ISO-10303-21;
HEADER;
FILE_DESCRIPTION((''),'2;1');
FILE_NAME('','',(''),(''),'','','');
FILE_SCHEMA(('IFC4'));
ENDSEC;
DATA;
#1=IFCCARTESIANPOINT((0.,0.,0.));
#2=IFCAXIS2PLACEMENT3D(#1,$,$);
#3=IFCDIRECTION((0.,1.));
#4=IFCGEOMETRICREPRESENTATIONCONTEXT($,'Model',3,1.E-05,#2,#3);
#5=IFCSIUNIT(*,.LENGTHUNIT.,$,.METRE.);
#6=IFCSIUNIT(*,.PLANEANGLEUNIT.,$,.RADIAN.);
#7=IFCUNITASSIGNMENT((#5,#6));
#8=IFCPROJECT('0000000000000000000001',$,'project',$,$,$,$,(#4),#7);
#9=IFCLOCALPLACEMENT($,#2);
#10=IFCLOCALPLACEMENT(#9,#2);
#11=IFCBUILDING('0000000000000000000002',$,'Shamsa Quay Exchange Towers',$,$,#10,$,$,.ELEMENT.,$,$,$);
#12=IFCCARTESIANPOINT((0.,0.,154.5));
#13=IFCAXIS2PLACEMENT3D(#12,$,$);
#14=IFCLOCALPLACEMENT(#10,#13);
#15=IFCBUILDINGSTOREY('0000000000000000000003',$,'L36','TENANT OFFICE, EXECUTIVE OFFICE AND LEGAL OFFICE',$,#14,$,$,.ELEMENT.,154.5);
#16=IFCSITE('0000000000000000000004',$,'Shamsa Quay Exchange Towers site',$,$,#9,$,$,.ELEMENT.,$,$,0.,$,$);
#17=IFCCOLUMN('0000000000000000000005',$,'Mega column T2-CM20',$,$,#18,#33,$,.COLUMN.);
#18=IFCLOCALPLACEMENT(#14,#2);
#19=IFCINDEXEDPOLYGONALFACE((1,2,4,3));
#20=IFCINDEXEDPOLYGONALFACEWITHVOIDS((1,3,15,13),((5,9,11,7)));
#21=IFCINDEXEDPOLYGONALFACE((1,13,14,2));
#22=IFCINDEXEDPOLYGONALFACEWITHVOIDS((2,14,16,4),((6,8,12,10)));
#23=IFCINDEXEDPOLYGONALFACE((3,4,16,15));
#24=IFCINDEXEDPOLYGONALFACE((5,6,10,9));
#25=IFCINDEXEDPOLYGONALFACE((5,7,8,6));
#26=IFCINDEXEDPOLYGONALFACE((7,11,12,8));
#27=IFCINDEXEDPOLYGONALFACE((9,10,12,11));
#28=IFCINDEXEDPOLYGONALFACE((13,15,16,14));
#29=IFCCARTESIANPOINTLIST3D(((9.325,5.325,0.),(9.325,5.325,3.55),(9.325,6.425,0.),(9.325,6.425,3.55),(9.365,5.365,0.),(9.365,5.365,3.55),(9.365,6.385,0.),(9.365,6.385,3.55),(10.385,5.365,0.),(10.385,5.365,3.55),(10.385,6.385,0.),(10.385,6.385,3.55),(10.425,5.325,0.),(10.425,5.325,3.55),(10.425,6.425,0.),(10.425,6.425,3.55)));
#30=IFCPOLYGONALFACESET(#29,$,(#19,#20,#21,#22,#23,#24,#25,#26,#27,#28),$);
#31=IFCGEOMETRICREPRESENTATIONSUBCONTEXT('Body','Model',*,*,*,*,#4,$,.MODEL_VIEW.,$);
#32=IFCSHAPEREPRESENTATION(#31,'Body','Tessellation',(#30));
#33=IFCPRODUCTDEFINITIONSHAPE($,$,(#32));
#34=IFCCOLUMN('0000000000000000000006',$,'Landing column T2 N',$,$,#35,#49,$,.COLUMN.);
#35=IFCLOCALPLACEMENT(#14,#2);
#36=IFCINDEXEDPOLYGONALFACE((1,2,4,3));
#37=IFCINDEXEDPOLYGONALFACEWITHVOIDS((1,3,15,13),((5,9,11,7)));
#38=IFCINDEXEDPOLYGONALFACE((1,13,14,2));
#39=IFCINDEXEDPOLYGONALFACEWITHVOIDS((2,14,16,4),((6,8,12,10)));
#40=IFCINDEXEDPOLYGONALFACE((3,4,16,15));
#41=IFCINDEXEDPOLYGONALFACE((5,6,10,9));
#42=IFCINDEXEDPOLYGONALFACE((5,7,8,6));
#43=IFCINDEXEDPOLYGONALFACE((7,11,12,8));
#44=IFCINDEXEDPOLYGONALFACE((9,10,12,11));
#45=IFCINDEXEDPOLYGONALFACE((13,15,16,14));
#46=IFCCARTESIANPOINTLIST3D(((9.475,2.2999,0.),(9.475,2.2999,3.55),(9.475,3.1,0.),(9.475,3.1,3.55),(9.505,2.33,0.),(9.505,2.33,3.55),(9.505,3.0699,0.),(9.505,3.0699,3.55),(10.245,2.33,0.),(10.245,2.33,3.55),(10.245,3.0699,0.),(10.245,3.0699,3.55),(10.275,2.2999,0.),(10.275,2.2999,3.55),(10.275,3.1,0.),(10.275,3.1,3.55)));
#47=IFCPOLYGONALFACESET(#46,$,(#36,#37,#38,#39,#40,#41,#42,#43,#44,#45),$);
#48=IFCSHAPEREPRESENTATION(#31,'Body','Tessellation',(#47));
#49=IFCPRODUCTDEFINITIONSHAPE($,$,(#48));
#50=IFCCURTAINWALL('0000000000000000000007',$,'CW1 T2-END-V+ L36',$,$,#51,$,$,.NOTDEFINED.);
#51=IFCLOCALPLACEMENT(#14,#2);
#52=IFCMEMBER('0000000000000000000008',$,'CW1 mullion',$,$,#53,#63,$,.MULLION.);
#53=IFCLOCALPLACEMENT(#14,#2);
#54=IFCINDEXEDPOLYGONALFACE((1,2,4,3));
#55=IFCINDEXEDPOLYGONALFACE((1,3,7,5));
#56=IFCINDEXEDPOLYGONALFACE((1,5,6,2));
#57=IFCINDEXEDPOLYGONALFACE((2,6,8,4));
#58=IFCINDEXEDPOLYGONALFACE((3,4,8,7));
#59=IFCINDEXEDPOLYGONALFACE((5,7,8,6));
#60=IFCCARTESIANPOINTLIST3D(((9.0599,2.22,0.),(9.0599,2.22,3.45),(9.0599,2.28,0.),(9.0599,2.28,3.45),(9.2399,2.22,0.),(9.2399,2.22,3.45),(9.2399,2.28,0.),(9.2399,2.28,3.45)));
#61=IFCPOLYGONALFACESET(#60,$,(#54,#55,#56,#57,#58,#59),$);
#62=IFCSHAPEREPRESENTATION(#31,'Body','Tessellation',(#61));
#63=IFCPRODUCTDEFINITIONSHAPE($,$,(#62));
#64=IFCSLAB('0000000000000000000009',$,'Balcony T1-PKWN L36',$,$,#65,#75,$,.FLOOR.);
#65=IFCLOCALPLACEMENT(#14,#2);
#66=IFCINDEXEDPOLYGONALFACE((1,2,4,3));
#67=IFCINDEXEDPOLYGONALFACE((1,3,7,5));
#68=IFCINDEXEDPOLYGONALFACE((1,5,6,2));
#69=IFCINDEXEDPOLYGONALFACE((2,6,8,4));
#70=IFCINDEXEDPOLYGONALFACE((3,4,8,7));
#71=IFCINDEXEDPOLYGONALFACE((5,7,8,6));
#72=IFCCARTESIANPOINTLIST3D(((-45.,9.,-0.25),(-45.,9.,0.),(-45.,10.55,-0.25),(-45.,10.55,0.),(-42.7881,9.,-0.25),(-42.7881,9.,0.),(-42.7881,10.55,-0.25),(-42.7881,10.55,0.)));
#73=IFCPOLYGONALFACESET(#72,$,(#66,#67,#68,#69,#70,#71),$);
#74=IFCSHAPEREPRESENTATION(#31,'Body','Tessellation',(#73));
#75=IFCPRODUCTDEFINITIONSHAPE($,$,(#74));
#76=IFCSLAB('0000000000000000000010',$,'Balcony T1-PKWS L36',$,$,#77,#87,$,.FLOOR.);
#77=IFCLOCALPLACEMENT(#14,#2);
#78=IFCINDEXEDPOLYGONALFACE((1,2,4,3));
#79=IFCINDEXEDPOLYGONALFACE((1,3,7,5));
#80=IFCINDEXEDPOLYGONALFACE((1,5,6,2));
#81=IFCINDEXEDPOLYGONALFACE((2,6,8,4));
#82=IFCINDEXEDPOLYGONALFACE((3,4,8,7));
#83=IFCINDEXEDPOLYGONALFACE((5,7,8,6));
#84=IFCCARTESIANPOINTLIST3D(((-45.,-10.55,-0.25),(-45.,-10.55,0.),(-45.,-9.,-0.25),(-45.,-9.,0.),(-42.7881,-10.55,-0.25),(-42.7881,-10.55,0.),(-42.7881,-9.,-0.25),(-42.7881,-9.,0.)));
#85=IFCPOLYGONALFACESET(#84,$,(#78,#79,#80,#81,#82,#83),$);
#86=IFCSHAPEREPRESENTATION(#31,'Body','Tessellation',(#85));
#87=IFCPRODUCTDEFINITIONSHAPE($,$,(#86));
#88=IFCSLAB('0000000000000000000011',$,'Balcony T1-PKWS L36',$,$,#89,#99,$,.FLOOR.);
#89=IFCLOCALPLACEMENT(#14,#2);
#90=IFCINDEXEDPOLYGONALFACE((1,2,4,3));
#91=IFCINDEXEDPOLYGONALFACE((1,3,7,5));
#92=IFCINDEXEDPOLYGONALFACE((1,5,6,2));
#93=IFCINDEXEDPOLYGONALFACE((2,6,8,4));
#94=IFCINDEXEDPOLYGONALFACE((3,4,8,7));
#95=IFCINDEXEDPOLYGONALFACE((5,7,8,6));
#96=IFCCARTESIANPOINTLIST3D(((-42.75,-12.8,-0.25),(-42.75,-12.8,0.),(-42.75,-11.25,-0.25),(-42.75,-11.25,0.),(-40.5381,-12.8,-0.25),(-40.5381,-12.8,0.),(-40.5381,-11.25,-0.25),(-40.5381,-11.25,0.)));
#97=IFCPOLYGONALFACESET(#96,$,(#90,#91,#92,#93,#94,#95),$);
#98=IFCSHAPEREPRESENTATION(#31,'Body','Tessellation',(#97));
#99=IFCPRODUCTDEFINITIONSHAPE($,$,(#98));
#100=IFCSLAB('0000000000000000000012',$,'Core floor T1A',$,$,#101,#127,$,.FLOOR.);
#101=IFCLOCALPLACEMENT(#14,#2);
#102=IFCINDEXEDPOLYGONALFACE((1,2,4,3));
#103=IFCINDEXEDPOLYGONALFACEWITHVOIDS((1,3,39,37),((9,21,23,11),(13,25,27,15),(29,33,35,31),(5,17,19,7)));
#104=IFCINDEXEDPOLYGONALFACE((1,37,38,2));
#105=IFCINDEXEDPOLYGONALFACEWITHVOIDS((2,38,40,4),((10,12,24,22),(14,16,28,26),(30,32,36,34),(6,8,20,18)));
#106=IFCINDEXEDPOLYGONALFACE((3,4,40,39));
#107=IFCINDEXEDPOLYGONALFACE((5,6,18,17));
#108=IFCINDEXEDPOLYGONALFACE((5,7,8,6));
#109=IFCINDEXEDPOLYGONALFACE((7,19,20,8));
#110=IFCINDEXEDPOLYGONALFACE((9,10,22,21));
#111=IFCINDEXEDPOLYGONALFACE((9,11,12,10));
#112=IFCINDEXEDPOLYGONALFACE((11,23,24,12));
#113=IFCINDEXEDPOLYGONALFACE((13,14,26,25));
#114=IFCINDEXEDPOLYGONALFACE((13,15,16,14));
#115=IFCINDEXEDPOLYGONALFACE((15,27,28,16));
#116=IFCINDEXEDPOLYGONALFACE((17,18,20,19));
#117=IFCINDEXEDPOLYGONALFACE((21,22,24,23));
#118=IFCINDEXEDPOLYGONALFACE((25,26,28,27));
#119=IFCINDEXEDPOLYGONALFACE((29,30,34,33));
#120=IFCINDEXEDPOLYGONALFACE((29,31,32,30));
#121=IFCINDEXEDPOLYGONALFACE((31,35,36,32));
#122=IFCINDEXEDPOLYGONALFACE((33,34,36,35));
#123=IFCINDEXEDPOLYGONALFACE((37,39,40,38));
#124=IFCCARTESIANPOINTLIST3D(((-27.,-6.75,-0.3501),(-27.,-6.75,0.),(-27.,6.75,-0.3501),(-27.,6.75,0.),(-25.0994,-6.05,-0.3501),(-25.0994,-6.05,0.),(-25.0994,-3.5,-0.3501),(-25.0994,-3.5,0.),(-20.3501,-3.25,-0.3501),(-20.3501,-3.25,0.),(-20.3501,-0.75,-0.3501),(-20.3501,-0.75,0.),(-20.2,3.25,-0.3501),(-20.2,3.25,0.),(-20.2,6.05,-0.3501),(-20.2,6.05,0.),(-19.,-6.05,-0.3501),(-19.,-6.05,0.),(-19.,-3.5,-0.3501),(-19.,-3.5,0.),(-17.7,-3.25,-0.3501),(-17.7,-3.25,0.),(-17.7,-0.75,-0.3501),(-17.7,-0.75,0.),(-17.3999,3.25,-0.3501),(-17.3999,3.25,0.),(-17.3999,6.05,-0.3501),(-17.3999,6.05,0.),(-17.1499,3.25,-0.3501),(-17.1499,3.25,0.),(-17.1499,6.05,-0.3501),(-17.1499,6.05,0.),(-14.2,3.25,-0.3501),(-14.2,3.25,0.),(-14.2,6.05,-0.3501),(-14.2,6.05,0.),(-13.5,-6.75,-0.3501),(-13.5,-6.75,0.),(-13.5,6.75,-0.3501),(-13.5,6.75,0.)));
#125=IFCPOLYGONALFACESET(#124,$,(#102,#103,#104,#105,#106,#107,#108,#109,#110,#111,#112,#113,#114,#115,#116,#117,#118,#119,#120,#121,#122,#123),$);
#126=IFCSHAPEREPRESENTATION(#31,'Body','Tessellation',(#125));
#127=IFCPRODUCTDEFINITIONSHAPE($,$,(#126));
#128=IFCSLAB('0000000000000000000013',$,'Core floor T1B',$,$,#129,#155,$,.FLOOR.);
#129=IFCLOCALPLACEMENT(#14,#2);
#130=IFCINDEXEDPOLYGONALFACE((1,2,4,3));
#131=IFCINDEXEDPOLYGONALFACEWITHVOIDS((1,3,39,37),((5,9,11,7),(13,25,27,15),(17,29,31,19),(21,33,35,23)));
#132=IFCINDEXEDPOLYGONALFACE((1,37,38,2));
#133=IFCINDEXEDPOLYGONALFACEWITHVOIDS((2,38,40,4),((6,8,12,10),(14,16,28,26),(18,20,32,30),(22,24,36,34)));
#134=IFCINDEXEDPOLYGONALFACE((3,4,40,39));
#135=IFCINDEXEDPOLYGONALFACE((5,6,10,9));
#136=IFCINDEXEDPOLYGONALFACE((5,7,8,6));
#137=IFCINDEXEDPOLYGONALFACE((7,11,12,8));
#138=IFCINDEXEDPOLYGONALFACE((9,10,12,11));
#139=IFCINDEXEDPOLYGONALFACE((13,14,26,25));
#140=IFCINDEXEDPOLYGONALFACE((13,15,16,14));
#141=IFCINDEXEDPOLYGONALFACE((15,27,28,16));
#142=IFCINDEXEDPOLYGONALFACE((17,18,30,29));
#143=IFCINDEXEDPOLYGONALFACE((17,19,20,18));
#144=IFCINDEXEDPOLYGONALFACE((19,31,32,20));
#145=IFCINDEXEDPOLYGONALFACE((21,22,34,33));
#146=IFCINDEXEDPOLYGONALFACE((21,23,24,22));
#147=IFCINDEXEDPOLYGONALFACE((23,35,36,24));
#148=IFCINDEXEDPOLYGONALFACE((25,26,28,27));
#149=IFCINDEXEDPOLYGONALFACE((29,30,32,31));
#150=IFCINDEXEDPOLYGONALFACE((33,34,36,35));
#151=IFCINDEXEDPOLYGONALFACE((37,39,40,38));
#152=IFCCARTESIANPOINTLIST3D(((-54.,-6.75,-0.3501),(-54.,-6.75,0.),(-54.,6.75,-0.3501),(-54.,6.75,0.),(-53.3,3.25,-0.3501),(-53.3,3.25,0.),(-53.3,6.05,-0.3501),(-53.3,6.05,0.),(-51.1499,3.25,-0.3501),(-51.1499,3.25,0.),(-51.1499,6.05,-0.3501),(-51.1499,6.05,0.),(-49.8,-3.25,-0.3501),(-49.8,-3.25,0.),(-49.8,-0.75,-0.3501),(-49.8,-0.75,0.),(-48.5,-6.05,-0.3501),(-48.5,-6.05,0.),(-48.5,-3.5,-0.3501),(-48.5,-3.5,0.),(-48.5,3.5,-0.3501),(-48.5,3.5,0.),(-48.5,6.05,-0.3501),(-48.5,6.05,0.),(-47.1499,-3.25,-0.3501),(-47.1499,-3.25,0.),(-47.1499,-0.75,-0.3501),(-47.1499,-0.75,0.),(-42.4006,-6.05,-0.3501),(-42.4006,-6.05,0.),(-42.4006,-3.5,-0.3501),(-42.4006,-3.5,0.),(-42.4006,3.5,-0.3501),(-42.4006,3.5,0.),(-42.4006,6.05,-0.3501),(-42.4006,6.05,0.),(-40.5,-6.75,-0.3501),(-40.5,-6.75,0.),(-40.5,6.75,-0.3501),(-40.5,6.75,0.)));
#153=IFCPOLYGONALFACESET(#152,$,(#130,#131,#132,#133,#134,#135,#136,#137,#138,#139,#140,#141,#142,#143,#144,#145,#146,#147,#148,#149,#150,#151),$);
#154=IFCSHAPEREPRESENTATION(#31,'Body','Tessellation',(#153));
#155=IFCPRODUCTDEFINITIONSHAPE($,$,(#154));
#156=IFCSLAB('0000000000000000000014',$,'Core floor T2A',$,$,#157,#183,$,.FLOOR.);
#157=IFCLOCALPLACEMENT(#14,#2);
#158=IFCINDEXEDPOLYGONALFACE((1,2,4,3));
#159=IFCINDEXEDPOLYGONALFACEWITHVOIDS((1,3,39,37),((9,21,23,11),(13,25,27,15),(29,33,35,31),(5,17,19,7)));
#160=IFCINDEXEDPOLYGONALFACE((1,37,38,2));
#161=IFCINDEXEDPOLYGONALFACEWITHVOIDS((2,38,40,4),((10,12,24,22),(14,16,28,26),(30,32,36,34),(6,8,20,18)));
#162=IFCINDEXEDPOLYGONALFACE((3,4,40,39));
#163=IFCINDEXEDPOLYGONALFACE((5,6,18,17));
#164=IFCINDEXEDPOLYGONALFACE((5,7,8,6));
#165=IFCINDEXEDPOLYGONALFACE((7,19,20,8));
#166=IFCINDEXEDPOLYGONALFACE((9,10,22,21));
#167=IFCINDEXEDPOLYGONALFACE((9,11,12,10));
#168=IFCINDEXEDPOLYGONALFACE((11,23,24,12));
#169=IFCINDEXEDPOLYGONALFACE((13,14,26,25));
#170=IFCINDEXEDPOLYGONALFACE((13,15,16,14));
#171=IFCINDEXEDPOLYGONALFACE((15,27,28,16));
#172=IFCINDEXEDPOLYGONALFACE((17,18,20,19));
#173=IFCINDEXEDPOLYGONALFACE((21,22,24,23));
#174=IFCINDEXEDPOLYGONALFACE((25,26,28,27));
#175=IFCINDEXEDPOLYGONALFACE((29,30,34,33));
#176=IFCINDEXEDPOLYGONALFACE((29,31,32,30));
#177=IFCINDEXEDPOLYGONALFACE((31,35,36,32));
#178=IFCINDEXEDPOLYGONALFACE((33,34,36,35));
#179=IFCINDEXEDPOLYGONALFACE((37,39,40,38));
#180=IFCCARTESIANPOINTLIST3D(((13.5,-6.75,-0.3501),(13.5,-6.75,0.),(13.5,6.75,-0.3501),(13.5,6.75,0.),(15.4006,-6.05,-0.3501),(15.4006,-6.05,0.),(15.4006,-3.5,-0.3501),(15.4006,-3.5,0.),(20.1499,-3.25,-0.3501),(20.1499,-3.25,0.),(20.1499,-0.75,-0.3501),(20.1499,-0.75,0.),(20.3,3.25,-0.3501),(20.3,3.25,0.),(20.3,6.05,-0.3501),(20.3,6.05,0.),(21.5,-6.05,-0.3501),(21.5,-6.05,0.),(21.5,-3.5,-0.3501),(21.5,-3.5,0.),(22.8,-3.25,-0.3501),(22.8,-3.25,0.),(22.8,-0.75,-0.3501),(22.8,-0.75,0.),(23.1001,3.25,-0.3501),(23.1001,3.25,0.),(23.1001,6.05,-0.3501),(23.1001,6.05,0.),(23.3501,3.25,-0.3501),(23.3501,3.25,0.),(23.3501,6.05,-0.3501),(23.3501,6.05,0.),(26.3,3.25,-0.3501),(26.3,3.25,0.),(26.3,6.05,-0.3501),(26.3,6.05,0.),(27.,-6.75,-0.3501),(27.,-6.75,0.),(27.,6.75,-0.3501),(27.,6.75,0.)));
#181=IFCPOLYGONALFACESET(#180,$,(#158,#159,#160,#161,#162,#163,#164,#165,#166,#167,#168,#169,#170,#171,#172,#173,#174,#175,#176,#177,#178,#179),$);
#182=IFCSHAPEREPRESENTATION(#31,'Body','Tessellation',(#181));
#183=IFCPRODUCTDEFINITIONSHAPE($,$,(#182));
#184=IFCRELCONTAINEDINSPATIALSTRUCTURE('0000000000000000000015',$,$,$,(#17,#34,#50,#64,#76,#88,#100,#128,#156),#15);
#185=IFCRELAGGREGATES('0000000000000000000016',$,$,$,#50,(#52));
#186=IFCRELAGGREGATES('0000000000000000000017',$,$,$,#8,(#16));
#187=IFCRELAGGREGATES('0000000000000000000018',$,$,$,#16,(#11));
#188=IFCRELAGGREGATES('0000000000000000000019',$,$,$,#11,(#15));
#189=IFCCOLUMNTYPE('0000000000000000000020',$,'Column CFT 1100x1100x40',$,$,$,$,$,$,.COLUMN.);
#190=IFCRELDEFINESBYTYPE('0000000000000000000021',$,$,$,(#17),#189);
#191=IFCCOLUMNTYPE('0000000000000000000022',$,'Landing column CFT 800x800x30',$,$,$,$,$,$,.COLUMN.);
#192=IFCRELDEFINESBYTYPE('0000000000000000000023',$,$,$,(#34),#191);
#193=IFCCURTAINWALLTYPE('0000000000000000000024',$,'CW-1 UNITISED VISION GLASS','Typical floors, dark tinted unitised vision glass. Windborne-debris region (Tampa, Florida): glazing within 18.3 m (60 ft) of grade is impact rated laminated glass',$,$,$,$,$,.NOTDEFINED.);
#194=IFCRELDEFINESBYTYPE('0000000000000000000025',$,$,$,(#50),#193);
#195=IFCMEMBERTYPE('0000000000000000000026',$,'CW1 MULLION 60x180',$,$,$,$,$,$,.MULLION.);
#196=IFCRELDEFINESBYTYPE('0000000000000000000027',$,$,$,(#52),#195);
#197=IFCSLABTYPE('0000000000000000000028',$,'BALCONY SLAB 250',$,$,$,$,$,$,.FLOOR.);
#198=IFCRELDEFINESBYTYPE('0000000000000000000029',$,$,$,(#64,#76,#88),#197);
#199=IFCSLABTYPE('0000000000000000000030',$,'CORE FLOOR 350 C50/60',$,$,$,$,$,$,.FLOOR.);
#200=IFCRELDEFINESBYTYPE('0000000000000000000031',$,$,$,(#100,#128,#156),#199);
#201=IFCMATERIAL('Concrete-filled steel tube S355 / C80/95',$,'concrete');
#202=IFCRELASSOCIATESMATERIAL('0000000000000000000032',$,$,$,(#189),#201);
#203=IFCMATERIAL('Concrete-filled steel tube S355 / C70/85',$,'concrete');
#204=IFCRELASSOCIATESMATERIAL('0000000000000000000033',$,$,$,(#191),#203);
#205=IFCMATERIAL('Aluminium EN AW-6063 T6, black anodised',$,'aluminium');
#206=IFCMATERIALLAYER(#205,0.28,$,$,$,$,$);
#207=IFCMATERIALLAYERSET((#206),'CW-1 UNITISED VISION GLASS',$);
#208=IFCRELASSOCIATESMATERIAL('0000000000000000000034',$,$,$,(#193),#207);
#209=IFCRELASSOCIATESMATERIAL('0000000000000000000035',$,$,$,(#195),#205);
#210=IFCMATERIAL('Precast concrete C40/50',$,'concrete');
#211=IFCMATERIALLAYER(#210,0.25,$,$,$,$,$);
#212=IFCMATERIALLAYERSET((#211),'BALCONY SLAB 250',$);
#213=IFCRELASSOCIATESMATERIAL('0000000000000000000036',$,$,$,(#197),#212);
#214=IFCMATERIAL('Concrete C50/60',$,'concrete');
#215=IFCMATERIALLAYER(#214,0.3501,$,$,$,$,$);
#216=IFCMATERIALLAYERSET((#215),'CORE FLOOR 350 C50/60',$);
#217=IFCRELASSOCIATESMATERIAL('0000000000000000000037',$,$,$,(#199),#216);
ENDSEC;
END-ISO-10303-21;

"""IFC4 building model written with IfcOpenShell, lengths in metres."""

from ifc_helpers import new_model, si_unit, direction, frame, origin, origin_2d, place, context, subcontext, project, spatial, polyline, rectangle, hollow_rectangle, outline, extrude, material, layer, layer_set, material_profile, profile_set, type_object, element, aggregate, save


model = new_model("IFC4")

# Units and contexts
model_context = context("Model", 3, precision=1e-05, world=origin(), true_north=direction((0.0, 1.0)))
body_context = subcontext(model_context, "Body", "Model", "MODEL_VIEW")
ifc_project = project(units=[si_unit("LENGTHUNIT", "METRE"), si_unit("PLANEANGLEUNIT", "RADIAN")], contexts=[model_context])

# Site, building, storey
site_placement = place(None, origin())
site = spatial("IfcSite", under=ifc_project, at=site_placement, Name="Shamsa Quay Exchange Towers site", CompositionType="ELEMENT", RefElevation=0.0)
building_placement = place(site_placement, origin())
building = spatial("IfcBuilding", under=site, at=building_placement, Name="Shamsa Quay Exchange Towers", CompositionType="ELEMENT")
storey_placement = place(building_placement, frame((0.0, 0.0, 154.5)))
storey = spatial("IfcBuildingStorey", under=building, at=storey_placement, Name="L36", Description="TENANT OFFICE, EXECUTIVE OFFICE AND LEGAL OFFICE", CompositionType="ELEMENT", Elevation=154.5)

# Columns
ifc_material_1 = material(Name="Concrete-filled steel tube S355 / C80/95", Category="concrete")
ifc_material_profile_1 = material_profile(ifc_material_1, hollow_rectangle(XDim=1.1001, YDim=1.1001, WallThickness=0.04, at=origin_2d()), Name="CFT 1100x1100x40")
ifc_profile_set_1 = profile_set([ifc_material_profile_1], Name="Concrete-filled steel tube S355 / C80/95")
column_type_1 = type_object("IfcColumnType", Name="Column CFT 1100x1100x40", PredefinedType="COLUMN", material=ifc_profile_set_1)
column_1_placement = place(storey_placement, frame((9.875, 5.875, 0.0)))
element("IfcColumn", 1, at=column_1_placement, inside=storey, type_object=column_type_1, Name="Mega column T2-CM20", PredefinedType="COLUMN", context=body_context, shape_type="SweptSolid", body=[
    extrude(hollow_rectangle(XDim=1.1001, YDim=1.1001, WallThickness=0.04, at=origin_2d()), origin(), (0.0, 0.0, 1.0), 3.55),
])
ifc_material_2 = material(Name="Concrete-filled steel tube S355 / C70/85", Category="concrete")
ifc_material_profile_2 = material_profile(ifc_material_2, hollow_rectangle(XDim=0.8, YDim=0.8, WallThickness=0.03, at=origin_2d()), Name="CFT 800x800x30")
ifc_profile_set_2 = profile_set([ifc_material_profile_2], Name="Concrete-filled steel tube S355 / C70/85")
column_type_2 = type_object("IfcColumnType", Name="Landing column CFT 800x800x30", PredefinedType="COLUMN", material=ifc_profile_set_2)
column_2_placement = place(storey_placement, frame((9.875, 2.7, 0.0)))
element("IfcColumn", 2, at=column_2_placement, inside=storey, type_object=column_type_2, Name="Landing column T2 N", PredefinedType="COLUMN", context=body_context, shape_type="SweptSolid", body=[
    extrude(hollow_rectangle(XDim=0.8, YDim=0.8, WallThickness=0.03, at=origin_2d()), origin(), (0.0, 0.0, 1.0), 3.55),
])

# Curtain wall, member
ifc_material_3 = material(Name="Aluminium EN AW-6063 T6, black anodised", Category="aluminium")
ifc_layer_1 = layer(ifc_material_3, 0.28)
ifc_layer_set_1 = layer_set([ifc_layer_1], Name="CW-1 UNITISED VISION GLASS")
curtain_wall_type = type_object("IfcCurtainWallType", Name="CW-1 UNITISED VISION GLASS", Description="Typical floors, dark tinted unitised vision glass. Windborne-debris region (Tampa, Florida): glazing within 18.3 m (60 ft) of grade is impact rated laminated glass", PredefinedType="NOTDEFINED", material=ifc_layer_set_1)
curtain_wall_1_placement = place(storey_placement, origin())
curtain_wall_1 = element("IfcCurtainWall", 3, at=curtain_wall_1_placement, inside=storey, type_object=curtain_wall_type, Name="CW1 T2-END-V+ L36", PredefinedType="NOTDEFINED")
ifc_material_profile_3 = material_profile(ifc_material_3, rectangle(XDim=0.1799, YDim=0.0601, at=origin_2d()), Name="MU60x180")
ifc_profile_set_3 = profile_set([ifc_material_profile_3], Name="Aluminium EN AW-6063 T6, black anodised")
member_type = type_object("IfcMemberType", Name="CW1 MULLION 60x180", PredefinedType="MULLION", material=ifc_profile_set_3)
member_placement = place(storey_placement, frame((9.1499, 2.25, 0.0)))
member = element("IfcMember", 4, at=member_placement, type_object=member_type, Name="CW1 mullion", PredefinedType="MULLION", context=body_context, shape_type="SweptSolid", body=[
    extrude(rectangle(XDim=0.1799, YDim=0.0601, at=origin_2d()), origin(), (0.0, 0.0, 1.0), 3.45),
])

# Slabs
ifc_material_4 = material(Name="Precast concrete C40/50", Category="concrete")
ifc_layer_2 = layer(ifc_material_4, 0.25)
ifc_layer_set_2 = layer_set([ifc_layer_2], Name="BALCONY SLAB 250")
slab_type_1 = type_object("IfcSlabType", Name="BALCONY SLAB 250", PredefinedType="FLOOR", material=ifc_layer_set_2)
slab_1_placement = place(storey_placement, frame((0.0, 0.0, -0.25)))
element("IfcSlab", 5, at=slab_1_placement, inside=storey, type_object=slab_type_1, Name="Balcony T1-PKWN L36", PredefinedType="FLOOR", context=body_context, shape_type="SweptSolid", body=[
    extrude(outline(polyline([(-42.7881, 9.0), (-45.0, 9.0), (-45.0, 10.55), (-42.7881, 10.55), (-42.7881, 9.0)])), origin(), (0.0, 0.0, 1.0), 0.25),
])
slab_2_placement = place(storey_placement, frame((0.0, 0.0, -0.25)))
element("IfcSlab", 6, at=slab_2_placement, inside=storey, type_object=slab_type_1, Name="Balcony T1-PKWS L36", PredefinedType="FLOOR", context=body_context, shape_type="SweptSolid", body=[
    extrude(outline(polyline([(-45.0, -9.0), (-42.7881, -9.0), (-42.7881, -10.55), (-45.0, -10.55), (-45.0, -9.0)])), origin(), (0.0, 0.0, 1.0), 0.25),
])
slab_3_placement = place(storey_placement, frame((0.0, 0.0, -0.25)))
element("IfcSlab", 7, at=slab_3_placement, inside=storey, type_object=slab_type_1, Name="Balcony T1-PKWS L36", PredefinedType="FLOOR", context=body_context, shape_type="SweptSolid", body=[
    extrude(outline(polyline([(-42.75, -11.25), (-40.5381, -11.25), (-40.5381, -12.8), (-42.75, -12.8), (-42.75, -11.25)])), origin(), (0.0, 0.0, 1.0), 0.25),
])
ifc_material_5 = material(Name="Concrete C50/60", Category="concrete")
ifc_layer_3 = layer(ifc_material_5, 0.3501)
ifc_layer_set_3 = layer_set([ifc_layer_3], Name="CORE FLOOR 350 C50/60")
slab_type_2 = type_object("IfcSlabType", Name="CORE FLOOR 350 C50/60", PredefinedType="FLOOR", material=ifc_layer_set_3)
slab_4_placement = place(storey_placement, frame((0.0, 0.0, -0.3501)))
element("IfcSlab", 8, at=slab_4_placement, inside=storey, type_object=slab_type_2, Name="Core floor T1A", PredefinedType="FLOOR", context=body_context, shape_type="SweptSolid", body=[
    extrude(outline(polyline([(-27.0, -6.75), (-13.5, -6.75), (-13.5, 6.75), (-27.0, 6.75), (-27.0, -6.75)]), holes=[polyline([(-25.0994, -6.05), (-25.0994, -3.5), (-19.0, -3.5), (-19.0, -6.05), (-25.0994, -6.05)]), polyline([(-20.2, 3.25), (-20.2, 6.05), (-17.3999, 6.05), (-17.3999, 3.25), (-20.2, 3.25)]), polyline([(-17.1499, 3.25), (-17.1499, 6.05), (-14.2, 6.05), (-14.2, 3.25), (-17.1499, 3.25)]), polyline([(-20.3501, -3.25), (-20.3501, -0.75), (-17.7, -0.75), (-17.7, -3.25), (-20.3501, -3.25)])]), origin(), (0.0, 0.0, 1.0), 0.3501),
])
slab_5_placement = place(storey_placement, frame((0.0, 0.0, -0.3501)))
element("IfcSlab", 9, at=slab_5_placement, inside=storey, type_object=slab_type_2, Name="Core floor T1B", PredefinedType="FLOOR", context=body_context, shape_type="SweptSolid", body=[
    extrude(outline(polyline([(-40.5, -6.75), (-40.5, 6.75), (-54.0, 6.75), (-54.0, -6.75), (-40.5, -6.75)]), holes=[polyline([(-42.4006, -3.5), (-42.4006, -6.05), (-48.5, -6.05), (-48.5, -3.5), (-42.4006, -3.5)]), polyline([(-42.4006, 6.05), (-42.4006, 3.5), (-48.5, 3.5), (-48.5, 6.05), (-42.4006, 6.05)]), polyline([(-51.1499, 3.25), (-53.3, 3.25), (-53.3, 6.05), (-51.1499, 6.05), (-51.1499, 3.25)]), polyline([(-47.1499, -3.25), (-49.8, -3.25), (-49.8, -0.75), (-47.1499, -0.75), (-47.1499, -3.25)])]), origin(), (0.0, 0.0, 1.0), 0.3501),
])
slab_6_placement = place(storey_placement, frame((0.0, 0.0, -0.3501)))
element("IfcSlab", 10, at=slab_6_placement, inside=storey, type_object=slab_type_2, Name="Core floor T2A", PredefinedType="FLOOR", context=body_context, shape_type="SweptSolid", body=[
    extrude(outline(polyline([(13.5, -6.75), (27.0, -6.75), (27.0, 6.75), (13.5, 6.75), (13.5, -6.75)]), holes=[polyline([(15.4006, -6.05), (15.4006, -3.5), (21.5, -3.5), (21.5, -6.05), (15.4006, -6.05)]), polyline([(20.3, 3.25), (20.3, 6.05), (23.1001, 6.05), (23.1001, 3.25), (20.3, 3.25)]), polyline([(23.3501, 3.25), (23.3501, 6.05), (26.3, 6.05), (26.3, 3.25), (23.3501, 3.25)]), polyline([(20.1499, -3.25), (20.1499, -0.75), (22.8, -0.75), (22.8, -3.25), (20.1499, -3.25)])]), origin(), (0.0, 0.0, 1.0), 0.3501),
])

aggregate(curtain_wall_1, [member])

save(model, "model.ifc")
